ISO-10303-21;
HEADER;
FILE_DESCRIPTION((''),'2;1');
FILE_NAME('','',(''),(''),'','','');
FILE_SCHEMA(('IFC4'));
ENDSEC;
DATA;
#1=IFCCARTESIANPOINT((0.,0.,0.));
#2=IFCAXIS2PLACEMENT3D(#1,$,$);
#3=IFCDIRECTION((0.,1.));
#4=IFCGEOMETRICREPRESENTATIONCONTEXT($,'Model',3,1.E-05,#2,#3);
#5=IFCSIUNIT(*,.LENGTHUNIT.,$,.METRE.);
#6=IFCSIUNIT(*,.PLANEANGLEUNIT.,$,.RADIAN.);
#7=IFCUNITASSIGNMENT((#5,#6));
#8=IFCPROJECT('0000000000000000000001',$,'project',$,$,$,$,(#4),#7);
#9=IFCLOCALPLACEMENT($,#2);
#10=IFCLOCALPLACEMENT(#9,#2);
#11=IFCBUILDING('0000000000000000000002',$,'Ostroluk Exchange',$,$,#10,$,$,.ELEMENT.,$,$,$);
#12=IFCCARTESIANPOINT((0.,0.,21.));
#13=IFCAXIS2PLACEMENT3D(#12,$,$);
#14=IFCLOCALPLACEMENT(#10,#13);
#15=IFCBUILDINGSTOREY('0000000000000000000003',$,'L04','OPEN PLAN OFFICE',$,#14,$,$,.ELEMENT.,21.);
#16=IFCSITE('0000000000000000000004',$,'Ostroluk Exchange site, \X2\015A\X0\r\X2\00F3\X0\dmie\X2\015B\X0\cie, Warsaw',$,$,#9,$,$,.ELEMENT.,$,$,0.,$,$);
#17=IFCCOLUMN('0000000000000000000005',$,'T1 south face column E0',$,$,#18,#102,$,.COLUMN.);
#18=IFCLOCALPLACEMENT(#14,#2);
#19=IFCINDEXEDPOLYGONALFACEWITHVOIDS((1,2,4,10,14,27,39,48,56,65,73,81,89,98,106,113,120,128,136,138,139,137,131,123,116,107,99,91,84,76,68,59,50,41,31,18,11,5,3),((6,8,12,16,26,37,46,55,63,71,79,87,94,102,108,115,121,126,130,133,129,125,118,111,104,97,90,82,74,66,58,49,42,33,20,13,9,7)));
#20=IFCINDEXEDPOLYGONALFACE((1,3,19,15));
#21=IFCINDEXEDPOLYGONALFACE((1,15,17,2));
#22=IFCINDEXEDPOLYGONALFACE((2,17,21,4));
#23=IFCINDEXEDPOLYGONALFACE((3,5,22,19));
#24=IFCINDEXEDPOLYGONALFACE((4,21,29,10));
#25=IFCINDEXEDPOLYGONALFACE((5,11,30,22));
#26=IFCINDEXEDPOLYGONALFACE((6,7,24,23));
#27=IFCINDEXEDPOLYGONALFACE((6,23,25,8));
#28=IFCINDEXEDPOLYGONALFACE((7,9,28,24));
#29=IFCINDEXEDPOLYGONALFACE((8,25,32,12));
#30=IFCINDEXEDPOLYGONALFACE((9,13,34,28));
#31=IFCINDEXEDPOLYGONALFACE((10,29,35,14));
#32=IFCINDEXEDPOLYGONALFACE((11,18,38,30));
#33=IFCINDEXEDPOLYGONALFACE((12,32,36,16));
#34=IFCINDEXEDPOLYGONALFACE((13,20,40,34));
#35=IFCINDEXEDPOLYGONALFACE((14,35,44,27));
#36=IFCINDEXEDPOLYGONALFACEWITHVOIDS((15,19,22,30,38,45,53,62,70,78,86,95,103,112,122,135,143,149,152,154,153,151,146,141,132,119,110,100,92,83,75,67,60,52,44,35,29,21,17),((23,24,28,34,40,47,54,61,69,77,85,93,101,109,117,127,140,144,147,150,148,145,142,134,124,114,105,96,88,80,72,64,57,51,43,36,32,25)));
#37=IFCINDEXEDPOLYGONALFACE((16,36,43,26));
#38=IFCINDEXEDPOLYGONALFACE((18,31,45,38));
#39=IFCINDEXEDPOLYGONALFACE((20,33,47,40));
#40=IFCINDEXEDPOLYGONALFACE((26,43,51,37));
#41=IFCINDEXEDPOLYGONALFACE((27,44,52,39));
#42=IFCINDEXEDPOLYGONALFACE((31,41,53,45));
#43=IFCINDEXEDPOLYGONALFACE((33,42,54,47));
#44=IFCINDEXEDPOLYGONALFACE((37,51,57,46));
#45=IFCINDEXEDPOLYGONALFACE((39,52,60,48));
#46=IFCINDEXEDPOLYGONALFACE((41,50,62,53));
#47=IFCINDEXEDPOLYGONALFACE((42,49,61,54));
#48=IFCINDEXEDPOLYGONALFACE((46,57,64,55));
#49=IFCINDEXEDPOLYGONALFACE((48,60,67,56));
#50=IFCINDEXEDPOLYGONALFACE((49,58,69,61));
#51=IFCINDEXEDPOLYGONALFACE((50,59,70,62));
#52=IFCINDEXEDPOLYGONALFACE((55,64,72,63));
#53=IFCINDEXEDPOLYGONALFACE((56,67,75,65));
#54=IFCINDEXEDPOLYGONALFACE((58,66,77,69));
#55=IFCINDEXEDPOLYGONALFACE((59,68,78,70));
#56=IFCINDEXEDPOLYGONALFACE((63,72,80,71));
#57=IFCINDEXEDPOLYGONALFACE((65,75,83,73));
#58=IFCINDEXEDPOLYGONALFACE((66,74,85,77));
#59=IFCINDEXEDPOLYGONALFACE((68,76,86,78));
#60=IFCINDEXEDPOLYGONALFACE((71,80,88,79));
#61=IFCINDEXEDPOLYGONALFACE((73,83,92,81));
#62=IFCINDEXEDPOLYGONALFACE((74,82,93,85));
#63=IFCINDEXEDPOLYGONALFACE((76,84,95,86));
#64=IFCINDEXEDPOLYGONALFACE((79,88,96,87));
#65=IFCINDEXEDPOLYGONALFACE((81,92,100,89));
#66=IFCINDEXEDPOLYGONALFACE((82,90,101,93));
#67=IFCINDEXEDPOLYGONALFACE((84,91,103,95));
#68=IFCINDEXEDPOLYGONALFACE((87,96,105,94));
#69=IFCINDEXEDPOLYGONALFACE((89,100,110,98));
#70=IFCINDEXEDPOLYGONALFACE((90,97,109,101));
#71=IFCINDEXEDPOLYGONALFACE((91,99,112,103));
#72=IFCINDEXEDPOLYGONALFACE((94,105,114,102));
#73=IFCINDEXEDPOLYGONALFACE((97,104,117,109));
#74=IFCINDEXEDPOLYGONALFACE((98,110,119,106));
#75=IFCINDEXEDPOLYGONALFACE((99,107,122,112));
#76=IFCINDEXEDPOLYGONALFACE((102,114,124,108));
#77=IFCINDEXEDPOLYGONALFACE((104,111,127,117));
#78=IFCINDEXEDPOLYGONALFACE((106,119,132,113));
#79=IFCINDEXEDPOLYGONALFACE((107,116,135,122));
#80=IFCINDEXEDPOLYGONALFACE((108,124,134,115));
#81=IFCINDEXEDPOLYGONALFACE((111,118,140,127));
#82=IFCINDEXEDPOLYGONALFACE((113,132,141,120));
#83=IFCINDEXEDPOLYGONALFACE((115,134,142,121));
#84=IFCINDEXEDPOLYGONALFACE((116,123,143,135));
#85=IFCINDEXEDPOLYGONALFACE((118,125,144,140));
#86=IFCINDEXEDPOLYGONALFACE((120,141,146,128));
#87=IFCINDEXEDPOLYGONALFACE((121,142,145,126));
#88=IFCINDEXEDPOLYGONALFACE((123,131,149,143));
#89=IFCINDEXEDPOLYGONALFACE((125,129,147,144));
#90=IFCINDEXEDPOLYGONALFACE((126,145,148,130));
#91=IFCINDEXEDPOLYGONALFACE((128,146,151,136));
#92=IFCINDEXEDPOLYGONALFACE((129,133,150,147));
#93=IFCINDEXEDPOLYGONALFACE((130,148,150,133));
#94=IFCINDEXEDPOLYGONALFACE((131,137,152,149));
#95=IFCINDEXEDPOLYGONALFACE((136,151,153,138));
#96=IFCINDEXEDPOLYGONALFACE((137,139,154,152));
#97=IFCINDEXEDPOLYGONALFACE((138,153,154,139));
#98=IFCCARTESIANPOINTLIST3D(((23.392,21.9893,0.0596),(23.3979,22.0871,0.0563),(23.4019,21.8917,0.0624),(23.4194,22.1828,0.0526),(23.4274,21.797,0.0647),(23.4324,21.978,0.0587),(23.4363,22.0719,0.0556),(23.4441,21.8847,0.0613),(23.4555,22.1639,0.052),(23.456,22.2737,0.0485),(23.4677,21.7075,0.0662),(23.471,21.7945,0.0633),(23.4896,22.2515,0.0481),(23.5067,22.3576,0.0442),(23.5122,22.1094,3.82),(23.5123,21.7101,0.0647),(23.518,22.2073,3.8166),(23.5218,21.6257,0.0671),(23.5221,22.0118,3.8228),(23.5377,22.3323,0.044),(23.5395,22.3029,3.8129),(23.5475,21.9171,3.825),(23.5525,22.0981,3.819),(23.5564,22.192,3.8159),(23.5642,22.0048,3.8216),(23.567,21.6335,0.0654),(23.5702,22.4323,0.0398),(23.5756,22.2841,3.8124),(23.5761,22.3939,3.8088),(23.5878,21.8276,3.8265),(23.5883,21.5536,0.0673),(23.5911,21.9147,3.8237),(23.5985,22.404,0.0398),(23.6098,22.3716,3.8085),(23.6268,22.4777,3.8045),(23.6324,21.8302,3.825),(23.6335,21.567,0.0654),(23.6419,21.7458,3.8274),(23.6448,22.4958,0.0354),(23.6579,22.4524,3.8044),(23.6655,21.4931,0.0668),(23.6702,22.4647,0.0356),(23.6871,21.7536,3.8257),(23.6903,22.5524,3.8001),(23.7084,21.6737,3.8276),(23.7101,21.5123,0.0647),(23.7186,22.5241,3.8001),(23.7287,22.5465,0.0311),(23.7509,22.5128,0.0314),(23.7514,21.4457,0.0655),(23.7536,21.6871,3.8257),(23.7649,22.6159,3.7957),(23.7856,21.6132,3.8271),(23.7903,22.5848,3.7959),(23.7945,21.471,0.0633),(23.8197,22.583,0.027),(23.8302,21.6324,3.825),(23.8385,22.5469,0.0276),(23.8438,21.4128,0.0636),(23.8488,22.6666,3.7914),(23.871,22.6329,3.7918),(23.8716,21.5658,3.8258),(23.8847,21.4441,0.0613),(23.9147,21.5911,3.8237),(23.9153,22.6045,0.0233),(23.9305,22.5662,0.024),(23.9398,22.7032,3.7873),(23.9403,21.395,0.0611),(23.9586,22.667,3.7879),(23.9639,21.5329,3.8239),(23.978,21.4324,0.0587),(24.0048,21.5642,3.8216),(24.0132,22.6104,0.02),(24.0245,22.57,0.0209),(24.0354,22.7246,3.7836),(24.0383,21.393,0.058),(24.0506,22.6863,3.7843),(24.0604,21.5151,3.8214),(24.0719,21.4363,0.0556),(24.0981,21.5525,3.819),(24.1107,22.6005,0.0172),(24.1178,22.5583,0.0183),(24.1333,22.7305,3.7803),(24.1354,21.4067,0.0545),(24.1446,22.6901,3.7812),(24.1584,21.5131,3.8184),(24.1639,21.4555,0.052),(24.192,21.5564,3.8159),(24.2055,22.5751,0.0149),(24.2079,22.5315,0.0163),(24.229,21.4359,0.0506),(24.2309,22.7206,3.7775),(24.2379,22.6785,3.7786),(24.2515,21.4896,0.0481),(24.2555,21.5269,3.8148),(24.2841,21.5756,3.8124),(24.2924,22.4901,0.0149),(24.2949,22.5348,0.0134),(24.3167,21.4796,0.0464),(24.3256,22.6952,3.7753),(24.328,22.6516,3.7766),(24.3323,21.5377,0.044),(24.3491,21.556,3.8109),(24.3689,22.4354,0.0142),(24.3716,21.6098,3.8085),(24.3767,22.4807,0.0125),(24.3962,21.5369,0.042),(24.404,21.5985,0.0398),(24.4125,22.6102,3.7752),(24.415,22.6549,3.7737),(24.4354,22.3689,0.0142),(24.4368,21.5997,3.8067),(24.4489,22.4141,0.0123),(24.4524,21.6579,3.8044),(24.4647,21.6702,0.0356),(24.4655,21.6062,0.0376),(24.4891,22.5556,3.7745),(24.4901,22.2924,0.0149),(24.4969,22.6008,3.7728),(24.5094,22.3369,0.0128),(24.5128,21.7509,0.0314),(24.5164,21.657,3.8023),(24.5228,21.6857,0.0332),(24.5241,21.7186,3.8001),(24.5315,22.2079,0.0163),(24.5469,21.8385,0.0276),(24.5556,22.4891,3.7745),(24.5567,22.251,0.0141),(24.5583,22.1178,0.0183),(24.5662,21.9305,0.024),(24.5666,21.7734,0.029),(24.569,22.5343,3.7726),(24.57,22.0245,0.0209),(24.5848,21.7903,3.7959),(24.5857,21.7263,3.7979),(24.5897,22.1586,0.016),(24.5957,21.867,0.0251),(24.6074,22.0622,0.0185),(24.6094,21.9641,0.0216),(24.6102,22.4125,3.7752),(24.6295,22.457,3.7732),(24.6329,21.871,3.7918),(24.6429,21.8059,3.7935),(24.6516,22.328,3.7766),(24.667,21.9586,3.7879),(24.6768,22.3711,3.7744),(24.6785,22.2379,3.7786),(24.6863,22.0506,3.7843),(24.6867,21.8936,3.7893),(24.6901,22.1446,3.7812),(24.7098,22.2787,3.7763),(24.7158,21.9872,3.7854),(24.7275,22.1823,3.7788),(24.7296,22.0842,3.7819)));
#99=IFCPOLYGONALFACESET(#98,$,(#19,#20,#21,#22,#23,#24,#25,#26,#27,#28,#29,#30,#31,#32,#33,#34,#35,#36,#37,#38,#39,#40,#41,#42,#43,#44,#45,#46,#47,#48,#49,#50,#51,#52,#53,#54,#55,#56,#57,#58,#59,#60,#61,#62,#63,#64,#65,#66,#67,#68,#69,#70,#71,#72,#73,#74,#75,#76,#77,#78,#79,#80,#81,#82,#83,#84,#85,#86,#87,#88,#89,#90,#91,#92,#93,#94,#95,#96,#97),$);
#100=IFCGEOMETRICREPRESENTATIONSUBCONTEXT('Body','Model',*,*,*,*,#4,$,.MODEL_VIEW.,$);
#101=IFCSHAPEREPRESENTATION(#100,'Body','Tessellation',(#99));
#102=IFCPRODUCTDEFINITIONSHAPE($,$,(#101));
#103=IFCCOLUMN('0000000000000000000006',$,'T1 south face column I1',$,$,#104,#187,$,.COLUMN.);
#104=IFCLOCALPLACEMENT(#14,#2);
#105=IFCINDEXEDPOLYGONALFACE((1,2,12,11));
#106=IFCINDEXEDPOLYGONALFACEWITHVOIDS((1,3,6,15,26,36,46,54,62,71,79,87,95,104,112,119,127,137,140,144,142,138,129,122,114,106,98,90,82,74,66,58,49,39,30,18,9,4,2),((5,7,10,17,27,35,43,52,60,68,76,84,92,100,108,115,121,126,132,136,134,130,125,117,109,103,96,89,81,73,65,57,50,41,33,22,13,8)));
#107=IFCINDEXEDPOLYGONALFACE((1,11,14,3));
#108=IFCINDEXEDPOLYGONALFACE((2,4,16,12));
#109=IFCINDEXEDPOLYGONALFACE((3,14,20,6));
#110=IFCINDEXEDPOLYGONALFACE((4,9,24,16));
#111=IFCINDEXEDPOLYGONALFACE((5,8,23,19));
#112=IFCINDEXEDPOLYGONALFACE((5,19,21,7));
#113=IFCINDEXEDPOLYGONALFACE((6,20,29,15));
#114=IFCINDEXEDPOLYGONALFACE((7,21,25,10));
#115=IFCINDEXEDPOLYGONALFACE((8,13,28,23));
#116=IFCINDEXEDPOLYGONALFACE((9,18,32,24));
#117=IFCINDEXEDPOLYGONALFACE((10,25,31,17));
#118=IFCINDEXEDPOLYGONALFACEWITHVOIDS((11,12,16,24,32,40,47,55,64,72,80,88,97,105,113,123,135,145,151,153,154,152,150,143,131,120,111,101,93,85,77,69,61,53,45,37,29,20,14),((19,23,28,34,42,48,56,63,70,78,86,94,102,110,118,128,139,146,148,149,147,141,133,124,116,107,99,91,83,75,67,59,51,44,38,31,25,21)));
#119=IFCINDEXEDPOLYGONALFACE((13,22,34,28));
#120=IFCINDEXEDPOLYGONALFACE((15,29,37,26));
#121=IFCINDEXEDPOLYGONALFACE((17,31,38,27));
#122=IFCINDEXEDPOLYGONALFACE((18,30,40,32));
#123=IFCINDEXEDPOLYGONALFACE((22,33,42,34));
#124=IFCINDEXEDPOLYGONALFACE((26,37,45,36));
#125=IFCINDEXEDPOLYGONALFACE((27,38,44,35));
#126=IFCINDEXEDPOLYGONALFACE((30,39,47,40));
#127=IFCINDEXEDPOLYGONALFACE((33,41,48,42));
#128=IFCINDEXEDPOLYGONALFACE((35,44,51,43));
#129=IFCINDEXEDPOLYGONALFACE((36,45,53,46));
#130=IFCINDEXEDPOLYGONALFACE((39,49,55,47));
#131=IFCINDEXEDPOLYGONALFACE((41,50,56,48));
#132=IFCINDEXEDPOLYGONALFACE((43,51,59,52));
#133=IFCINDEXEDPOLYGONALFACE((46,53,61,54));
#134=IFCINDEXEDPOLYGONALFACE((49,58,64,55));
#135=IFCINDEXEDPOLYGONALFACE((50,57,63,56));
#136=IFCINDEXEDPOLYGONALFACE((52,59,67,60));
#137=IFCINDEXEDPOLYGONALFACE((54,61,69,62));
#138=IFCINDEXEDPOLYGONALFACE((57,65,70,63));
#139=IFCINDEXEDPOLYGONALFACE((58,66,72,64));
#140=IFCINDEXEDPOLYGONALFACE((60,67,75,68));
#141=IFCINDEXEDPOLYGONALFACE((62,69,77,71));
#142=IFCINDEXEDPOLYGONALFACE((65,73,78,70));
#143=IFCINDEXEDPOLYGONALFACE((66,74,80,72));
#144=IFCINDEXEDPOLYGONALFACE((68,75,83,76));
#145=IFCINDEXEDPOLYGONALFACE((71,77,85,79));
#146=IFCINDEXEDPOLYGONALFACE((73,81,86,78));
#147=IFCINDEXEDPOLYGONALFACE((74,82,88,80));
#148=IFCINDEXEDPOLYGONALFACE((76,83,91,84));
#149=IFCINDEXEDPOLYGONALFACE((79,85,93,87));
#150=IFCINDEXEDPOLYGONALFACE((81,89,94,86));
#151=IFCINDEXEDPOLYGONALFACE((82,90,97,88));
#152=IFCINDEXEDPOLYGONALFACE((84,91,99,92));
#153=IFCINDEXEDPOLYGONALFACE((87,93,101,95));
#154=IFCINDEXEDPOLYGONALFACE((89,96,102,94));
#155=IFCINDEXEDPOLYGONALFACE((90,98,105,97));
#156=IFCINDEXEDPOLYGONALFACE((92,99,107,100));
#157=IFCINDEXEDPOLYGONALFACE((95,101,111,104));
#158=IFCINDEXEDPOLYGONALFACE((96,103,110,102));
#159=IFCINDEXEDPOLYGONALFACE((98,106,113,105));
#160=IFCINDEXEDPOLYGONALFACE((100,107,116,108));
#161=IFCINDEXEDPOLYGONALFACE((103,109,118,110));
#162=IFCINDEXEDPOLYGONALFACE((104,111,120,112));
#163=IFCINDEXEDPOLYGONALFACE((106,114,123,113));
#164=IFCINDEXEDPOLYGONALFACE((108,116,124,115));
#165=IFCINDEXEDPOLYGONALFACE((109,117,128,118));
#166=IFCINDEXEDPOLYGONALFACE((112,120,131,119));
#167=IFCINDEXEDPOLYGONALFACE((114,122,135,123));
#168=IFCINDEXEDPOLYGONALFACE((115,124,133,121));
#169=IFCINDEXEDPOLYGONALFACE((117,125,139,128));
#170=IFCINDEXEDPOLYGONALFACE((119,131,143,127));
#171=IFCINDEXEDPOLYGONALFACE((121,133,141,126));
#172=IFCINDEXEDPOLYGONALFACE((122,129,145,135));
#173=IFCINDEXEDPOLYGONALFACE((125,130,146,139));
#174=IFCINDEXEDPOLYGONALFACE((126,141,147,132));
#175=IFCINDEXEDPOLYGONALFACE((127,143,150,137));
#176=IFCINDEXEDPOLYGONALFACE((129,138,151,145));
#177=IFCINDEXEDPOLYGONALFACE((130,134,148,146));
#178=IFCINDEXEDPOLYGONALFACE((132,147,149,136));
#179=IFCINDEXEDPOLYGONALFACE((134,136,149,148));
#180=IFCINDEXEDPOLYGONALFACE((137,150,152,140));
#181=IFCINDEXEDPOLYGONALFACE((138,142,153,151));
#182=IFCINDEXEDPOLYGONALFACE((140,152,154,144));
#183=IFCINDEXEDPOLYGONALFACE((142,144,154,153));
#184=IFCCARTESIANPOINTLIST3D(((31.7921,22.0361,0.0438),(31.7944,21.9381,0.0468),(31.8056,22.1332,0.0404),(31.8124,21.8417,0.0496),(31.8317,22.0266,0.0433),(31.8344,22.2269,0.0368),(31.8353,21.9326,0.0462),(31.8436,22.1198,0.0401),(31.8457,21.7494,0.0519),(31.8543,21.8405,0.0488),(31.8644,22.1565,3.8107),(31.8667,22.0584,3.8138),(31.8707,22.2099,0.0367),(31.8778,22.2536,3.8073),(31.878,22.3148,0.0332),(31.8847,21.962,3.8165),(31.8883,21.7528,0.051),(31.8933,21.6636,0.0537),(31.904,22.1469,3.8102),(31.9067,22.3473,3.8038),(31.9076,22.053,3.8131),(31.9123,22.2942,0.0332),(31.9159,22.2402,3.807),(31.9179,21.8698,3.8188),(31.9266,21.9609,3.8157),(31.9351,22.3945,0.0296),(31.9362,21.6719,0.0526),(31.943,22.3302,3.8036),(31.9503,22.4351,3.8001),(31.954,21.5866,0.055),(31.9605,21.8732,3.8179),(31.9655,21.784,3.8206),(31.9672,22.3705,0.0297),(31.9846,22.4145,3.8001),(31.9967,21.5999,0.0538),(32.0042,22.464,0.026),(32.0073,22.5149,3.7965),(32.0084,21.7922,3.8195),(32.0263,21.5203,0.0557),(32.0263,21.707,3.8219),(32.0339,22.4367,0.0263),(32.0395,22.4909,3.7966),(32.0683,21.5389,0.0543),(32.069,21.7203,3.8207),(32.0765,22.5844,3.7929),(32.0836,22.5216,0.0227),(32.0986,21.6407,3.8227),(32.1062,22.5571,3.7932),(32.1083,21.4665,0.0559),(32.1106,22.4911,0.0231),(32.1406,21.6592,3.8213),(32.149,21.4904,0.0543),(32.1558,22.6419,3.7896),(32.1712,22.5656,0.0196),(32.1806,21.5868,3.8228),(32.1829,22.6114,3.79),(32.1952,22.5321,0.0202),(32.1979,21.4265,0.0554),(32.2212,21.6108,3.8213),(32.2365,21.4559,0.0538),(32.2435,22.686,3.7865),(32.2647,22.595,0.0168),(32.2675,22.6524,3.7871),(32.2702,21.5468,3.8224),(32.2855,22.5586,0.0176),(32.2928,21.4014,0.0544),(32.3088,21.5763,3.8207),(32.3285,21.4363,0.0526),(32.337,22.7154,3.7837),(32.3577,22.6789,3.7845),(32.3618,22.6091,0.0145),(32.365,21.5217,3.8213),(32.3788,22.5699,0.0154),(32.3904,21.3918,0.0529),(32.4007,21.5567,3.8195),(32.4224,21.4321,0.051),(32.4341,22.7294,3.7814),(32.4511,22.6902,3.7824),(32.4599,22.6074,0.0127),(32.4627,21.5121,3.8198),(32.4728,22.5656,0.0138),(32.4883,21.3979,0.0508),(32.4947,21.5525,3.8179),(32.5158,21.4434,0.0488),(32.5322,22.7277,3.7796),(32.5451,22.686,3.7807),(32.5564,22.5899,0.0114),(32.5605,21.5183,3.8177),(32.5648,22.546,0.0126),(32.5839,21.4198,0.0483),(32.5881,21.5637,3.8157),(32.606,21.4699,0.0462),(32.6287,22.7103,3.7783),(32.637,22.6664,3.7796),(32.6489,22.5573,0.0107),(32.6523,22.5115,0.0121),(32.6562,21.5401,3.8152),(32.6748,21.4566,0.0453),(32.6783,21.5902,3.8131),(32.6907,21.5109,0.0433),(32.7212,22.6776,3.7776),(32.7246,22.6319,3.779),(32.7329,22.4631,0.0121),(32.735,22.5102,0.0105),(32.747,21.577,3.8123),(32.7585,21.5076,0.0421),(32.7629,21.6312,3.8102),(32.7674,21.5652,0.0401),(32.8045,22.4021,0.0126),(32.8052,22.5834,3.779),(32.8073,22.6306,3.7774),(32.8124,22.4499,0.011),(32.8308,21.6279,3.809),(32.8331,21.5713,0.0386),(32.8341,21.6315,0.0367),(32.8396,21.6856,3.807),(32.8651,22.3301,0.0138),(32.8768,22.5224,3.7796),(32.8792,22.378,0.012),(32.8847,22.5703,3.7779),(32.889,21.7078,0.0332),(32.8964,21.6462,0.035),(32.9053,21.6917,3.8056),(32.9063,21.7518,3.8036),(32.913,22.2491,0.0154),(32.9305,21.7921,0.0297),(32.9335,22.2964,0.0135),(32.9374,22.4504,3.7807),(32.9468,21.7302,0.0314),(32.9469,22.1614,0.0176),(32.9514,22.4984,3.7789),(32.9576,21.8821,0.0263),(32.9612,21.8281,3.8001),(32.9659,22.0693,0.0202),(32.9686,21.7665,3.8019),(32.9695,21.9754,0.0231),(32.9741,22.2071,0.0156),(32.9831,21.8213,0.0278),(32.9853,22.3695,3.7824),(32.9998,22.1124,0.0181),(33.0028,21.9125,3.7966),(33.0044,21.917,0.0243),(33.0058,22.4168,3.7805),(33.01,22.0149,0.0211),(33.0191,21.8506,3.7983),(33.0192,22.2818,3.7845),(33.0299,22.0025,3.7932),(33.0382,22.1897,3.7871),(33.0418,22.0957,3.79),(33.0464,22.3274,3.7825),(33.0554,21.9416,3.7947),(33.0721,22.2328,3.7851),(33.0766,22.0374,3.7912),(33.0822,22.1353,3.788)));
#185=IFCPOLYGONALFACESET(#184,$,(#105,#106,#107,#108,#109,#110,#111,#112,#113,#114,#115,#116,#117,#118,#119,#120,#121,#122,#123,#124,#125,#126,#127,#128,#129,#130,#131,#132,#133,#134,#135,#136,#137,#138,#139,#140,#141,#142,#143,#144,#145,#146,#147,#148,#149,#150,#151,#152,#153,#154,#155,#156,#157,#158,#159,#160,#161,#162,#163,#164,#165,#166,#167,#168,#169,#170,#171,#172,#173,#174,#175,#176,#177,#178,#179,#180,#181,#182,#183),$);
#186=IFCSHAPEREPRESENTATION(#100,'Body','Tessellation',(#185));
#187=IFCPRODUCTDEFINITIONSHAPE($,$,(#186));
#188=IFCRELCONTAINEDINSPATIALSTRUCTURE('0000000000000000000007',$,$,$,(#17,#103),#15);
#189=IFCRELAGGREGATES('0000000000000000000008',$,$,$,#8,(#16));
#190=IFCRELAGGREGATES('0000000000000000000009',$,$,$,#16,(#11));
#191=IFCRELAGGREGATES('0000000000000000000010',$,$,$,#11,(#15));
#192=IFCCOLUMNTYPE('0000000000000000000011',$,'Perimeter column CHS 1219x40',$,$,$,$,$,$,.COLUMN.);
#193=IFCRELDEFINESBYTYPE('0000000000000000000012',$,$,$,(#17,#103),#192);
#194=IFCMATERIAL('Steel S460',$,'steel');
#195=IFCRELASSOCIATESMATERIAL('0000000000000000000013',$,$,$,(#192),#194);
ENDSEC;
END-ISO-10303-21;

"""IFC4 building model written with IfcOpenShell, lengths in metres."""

from ifc_helpers import new_model, si_unit, direction, frame, origin, origin_2d, place, context, subcontext, project, spatial, hollow_circle, extrude, material, material_profile, profile_set, type_object, element, save


model = new_model("IFC4")

# Units and contexts
model_context = context("Model", 3, precision=1e-05, world=origin(), true_north=direction((0.0, 1.0)))
body_context = subcontext(model_context, "Body", "Model", "MODEL_VIEW")
ifc_project = project(units=[si_unit("LENGTHUNIT", "METRE"), si_unit("PLANEANGLEUNIT", "RADIAN")], contexts=[model_context])

# Site, building, storey
site_placement = place(None, origin())
site = spatial("IfcSite", under=ifc_project, at=site_placement, Name="Ostroluk Exchange site, Śródmieście, Warsaw", CompositionType="ELEMENT", RefElevation=0.0)
building_placement = place(site_placement, origin())
building = spatial("IfcBuilding", under=site, at=building_placement, Name="Ostroluk Exchange", CompositionType="ELEMENT")
storey_placement = place(building_placement, frame((0.0, 0.0, 21.0)))
storey = spatial("IfcBuildingStorey", under=building, at=storey_placement, Name="L04", Description="OPEN PLAN OFFICE", CompositionType="ELEMENT", Elevation=21.0)

# Columns
ifc_material_1 = material(Name="Steel S460", Category="steel")
ifc_material_profile_1 = material_profile(ifc_material_1, hollow_circle(Radius=0.6096, WallThickness=0.04, at=origin_2d()), Name="CHS 1219x40")
ifc_profile_set_1 = profile_set([ifc_material_profile_1], Name="Steel S460")
column_type = type_object("IfcColumnType", Name="Perimeter column CHS 1219x40", PredefinedType="COLUMN", material=ifc_profile_set_1)
column_1_placement = place(storey_placement, frame((24.0012, 22.0012, 0.0398), z_axis=(0.031911, 0.031911, 0.998981), x_axis=(-0.707107, 0.707107, 0.0)))
element("IfcColumn", 1, at=column_1_placement, inside=storey, type_object=column_type, Name="T1 south face column E0", PredefinedType="COLUMN", context=body_context, shape_type="SweptSolid", body=[
    extrude(hollow_circle(Radius=0.6096, WallThickness=0.04, at=origin_2d()), origin(), (0.0, 0.0, 1.0), 3.7642),
])
column_2_placement = place(storey_placement, frame((32.4006, 22.001, 0.0332), z_axis=(0.019171, 0.031931, 0.999306), x_axis=(-0.857339, 0.514751, 0.0)))
element("IfcColumn", 2, at=column_2_placement, inside=storey, type_object=column_type, Name="T1 south face column I1", PredefinedType="COLUMN", context=body_context, shape_type="SweptSolid", body=[
    extrude(hollow_circle(Radius=0.6096, WallThickness=0.04, at=origin_2d()), origin(), (0.0, 0.0, 1.0), 3.7695),
])

save(model, "model.ifc")
